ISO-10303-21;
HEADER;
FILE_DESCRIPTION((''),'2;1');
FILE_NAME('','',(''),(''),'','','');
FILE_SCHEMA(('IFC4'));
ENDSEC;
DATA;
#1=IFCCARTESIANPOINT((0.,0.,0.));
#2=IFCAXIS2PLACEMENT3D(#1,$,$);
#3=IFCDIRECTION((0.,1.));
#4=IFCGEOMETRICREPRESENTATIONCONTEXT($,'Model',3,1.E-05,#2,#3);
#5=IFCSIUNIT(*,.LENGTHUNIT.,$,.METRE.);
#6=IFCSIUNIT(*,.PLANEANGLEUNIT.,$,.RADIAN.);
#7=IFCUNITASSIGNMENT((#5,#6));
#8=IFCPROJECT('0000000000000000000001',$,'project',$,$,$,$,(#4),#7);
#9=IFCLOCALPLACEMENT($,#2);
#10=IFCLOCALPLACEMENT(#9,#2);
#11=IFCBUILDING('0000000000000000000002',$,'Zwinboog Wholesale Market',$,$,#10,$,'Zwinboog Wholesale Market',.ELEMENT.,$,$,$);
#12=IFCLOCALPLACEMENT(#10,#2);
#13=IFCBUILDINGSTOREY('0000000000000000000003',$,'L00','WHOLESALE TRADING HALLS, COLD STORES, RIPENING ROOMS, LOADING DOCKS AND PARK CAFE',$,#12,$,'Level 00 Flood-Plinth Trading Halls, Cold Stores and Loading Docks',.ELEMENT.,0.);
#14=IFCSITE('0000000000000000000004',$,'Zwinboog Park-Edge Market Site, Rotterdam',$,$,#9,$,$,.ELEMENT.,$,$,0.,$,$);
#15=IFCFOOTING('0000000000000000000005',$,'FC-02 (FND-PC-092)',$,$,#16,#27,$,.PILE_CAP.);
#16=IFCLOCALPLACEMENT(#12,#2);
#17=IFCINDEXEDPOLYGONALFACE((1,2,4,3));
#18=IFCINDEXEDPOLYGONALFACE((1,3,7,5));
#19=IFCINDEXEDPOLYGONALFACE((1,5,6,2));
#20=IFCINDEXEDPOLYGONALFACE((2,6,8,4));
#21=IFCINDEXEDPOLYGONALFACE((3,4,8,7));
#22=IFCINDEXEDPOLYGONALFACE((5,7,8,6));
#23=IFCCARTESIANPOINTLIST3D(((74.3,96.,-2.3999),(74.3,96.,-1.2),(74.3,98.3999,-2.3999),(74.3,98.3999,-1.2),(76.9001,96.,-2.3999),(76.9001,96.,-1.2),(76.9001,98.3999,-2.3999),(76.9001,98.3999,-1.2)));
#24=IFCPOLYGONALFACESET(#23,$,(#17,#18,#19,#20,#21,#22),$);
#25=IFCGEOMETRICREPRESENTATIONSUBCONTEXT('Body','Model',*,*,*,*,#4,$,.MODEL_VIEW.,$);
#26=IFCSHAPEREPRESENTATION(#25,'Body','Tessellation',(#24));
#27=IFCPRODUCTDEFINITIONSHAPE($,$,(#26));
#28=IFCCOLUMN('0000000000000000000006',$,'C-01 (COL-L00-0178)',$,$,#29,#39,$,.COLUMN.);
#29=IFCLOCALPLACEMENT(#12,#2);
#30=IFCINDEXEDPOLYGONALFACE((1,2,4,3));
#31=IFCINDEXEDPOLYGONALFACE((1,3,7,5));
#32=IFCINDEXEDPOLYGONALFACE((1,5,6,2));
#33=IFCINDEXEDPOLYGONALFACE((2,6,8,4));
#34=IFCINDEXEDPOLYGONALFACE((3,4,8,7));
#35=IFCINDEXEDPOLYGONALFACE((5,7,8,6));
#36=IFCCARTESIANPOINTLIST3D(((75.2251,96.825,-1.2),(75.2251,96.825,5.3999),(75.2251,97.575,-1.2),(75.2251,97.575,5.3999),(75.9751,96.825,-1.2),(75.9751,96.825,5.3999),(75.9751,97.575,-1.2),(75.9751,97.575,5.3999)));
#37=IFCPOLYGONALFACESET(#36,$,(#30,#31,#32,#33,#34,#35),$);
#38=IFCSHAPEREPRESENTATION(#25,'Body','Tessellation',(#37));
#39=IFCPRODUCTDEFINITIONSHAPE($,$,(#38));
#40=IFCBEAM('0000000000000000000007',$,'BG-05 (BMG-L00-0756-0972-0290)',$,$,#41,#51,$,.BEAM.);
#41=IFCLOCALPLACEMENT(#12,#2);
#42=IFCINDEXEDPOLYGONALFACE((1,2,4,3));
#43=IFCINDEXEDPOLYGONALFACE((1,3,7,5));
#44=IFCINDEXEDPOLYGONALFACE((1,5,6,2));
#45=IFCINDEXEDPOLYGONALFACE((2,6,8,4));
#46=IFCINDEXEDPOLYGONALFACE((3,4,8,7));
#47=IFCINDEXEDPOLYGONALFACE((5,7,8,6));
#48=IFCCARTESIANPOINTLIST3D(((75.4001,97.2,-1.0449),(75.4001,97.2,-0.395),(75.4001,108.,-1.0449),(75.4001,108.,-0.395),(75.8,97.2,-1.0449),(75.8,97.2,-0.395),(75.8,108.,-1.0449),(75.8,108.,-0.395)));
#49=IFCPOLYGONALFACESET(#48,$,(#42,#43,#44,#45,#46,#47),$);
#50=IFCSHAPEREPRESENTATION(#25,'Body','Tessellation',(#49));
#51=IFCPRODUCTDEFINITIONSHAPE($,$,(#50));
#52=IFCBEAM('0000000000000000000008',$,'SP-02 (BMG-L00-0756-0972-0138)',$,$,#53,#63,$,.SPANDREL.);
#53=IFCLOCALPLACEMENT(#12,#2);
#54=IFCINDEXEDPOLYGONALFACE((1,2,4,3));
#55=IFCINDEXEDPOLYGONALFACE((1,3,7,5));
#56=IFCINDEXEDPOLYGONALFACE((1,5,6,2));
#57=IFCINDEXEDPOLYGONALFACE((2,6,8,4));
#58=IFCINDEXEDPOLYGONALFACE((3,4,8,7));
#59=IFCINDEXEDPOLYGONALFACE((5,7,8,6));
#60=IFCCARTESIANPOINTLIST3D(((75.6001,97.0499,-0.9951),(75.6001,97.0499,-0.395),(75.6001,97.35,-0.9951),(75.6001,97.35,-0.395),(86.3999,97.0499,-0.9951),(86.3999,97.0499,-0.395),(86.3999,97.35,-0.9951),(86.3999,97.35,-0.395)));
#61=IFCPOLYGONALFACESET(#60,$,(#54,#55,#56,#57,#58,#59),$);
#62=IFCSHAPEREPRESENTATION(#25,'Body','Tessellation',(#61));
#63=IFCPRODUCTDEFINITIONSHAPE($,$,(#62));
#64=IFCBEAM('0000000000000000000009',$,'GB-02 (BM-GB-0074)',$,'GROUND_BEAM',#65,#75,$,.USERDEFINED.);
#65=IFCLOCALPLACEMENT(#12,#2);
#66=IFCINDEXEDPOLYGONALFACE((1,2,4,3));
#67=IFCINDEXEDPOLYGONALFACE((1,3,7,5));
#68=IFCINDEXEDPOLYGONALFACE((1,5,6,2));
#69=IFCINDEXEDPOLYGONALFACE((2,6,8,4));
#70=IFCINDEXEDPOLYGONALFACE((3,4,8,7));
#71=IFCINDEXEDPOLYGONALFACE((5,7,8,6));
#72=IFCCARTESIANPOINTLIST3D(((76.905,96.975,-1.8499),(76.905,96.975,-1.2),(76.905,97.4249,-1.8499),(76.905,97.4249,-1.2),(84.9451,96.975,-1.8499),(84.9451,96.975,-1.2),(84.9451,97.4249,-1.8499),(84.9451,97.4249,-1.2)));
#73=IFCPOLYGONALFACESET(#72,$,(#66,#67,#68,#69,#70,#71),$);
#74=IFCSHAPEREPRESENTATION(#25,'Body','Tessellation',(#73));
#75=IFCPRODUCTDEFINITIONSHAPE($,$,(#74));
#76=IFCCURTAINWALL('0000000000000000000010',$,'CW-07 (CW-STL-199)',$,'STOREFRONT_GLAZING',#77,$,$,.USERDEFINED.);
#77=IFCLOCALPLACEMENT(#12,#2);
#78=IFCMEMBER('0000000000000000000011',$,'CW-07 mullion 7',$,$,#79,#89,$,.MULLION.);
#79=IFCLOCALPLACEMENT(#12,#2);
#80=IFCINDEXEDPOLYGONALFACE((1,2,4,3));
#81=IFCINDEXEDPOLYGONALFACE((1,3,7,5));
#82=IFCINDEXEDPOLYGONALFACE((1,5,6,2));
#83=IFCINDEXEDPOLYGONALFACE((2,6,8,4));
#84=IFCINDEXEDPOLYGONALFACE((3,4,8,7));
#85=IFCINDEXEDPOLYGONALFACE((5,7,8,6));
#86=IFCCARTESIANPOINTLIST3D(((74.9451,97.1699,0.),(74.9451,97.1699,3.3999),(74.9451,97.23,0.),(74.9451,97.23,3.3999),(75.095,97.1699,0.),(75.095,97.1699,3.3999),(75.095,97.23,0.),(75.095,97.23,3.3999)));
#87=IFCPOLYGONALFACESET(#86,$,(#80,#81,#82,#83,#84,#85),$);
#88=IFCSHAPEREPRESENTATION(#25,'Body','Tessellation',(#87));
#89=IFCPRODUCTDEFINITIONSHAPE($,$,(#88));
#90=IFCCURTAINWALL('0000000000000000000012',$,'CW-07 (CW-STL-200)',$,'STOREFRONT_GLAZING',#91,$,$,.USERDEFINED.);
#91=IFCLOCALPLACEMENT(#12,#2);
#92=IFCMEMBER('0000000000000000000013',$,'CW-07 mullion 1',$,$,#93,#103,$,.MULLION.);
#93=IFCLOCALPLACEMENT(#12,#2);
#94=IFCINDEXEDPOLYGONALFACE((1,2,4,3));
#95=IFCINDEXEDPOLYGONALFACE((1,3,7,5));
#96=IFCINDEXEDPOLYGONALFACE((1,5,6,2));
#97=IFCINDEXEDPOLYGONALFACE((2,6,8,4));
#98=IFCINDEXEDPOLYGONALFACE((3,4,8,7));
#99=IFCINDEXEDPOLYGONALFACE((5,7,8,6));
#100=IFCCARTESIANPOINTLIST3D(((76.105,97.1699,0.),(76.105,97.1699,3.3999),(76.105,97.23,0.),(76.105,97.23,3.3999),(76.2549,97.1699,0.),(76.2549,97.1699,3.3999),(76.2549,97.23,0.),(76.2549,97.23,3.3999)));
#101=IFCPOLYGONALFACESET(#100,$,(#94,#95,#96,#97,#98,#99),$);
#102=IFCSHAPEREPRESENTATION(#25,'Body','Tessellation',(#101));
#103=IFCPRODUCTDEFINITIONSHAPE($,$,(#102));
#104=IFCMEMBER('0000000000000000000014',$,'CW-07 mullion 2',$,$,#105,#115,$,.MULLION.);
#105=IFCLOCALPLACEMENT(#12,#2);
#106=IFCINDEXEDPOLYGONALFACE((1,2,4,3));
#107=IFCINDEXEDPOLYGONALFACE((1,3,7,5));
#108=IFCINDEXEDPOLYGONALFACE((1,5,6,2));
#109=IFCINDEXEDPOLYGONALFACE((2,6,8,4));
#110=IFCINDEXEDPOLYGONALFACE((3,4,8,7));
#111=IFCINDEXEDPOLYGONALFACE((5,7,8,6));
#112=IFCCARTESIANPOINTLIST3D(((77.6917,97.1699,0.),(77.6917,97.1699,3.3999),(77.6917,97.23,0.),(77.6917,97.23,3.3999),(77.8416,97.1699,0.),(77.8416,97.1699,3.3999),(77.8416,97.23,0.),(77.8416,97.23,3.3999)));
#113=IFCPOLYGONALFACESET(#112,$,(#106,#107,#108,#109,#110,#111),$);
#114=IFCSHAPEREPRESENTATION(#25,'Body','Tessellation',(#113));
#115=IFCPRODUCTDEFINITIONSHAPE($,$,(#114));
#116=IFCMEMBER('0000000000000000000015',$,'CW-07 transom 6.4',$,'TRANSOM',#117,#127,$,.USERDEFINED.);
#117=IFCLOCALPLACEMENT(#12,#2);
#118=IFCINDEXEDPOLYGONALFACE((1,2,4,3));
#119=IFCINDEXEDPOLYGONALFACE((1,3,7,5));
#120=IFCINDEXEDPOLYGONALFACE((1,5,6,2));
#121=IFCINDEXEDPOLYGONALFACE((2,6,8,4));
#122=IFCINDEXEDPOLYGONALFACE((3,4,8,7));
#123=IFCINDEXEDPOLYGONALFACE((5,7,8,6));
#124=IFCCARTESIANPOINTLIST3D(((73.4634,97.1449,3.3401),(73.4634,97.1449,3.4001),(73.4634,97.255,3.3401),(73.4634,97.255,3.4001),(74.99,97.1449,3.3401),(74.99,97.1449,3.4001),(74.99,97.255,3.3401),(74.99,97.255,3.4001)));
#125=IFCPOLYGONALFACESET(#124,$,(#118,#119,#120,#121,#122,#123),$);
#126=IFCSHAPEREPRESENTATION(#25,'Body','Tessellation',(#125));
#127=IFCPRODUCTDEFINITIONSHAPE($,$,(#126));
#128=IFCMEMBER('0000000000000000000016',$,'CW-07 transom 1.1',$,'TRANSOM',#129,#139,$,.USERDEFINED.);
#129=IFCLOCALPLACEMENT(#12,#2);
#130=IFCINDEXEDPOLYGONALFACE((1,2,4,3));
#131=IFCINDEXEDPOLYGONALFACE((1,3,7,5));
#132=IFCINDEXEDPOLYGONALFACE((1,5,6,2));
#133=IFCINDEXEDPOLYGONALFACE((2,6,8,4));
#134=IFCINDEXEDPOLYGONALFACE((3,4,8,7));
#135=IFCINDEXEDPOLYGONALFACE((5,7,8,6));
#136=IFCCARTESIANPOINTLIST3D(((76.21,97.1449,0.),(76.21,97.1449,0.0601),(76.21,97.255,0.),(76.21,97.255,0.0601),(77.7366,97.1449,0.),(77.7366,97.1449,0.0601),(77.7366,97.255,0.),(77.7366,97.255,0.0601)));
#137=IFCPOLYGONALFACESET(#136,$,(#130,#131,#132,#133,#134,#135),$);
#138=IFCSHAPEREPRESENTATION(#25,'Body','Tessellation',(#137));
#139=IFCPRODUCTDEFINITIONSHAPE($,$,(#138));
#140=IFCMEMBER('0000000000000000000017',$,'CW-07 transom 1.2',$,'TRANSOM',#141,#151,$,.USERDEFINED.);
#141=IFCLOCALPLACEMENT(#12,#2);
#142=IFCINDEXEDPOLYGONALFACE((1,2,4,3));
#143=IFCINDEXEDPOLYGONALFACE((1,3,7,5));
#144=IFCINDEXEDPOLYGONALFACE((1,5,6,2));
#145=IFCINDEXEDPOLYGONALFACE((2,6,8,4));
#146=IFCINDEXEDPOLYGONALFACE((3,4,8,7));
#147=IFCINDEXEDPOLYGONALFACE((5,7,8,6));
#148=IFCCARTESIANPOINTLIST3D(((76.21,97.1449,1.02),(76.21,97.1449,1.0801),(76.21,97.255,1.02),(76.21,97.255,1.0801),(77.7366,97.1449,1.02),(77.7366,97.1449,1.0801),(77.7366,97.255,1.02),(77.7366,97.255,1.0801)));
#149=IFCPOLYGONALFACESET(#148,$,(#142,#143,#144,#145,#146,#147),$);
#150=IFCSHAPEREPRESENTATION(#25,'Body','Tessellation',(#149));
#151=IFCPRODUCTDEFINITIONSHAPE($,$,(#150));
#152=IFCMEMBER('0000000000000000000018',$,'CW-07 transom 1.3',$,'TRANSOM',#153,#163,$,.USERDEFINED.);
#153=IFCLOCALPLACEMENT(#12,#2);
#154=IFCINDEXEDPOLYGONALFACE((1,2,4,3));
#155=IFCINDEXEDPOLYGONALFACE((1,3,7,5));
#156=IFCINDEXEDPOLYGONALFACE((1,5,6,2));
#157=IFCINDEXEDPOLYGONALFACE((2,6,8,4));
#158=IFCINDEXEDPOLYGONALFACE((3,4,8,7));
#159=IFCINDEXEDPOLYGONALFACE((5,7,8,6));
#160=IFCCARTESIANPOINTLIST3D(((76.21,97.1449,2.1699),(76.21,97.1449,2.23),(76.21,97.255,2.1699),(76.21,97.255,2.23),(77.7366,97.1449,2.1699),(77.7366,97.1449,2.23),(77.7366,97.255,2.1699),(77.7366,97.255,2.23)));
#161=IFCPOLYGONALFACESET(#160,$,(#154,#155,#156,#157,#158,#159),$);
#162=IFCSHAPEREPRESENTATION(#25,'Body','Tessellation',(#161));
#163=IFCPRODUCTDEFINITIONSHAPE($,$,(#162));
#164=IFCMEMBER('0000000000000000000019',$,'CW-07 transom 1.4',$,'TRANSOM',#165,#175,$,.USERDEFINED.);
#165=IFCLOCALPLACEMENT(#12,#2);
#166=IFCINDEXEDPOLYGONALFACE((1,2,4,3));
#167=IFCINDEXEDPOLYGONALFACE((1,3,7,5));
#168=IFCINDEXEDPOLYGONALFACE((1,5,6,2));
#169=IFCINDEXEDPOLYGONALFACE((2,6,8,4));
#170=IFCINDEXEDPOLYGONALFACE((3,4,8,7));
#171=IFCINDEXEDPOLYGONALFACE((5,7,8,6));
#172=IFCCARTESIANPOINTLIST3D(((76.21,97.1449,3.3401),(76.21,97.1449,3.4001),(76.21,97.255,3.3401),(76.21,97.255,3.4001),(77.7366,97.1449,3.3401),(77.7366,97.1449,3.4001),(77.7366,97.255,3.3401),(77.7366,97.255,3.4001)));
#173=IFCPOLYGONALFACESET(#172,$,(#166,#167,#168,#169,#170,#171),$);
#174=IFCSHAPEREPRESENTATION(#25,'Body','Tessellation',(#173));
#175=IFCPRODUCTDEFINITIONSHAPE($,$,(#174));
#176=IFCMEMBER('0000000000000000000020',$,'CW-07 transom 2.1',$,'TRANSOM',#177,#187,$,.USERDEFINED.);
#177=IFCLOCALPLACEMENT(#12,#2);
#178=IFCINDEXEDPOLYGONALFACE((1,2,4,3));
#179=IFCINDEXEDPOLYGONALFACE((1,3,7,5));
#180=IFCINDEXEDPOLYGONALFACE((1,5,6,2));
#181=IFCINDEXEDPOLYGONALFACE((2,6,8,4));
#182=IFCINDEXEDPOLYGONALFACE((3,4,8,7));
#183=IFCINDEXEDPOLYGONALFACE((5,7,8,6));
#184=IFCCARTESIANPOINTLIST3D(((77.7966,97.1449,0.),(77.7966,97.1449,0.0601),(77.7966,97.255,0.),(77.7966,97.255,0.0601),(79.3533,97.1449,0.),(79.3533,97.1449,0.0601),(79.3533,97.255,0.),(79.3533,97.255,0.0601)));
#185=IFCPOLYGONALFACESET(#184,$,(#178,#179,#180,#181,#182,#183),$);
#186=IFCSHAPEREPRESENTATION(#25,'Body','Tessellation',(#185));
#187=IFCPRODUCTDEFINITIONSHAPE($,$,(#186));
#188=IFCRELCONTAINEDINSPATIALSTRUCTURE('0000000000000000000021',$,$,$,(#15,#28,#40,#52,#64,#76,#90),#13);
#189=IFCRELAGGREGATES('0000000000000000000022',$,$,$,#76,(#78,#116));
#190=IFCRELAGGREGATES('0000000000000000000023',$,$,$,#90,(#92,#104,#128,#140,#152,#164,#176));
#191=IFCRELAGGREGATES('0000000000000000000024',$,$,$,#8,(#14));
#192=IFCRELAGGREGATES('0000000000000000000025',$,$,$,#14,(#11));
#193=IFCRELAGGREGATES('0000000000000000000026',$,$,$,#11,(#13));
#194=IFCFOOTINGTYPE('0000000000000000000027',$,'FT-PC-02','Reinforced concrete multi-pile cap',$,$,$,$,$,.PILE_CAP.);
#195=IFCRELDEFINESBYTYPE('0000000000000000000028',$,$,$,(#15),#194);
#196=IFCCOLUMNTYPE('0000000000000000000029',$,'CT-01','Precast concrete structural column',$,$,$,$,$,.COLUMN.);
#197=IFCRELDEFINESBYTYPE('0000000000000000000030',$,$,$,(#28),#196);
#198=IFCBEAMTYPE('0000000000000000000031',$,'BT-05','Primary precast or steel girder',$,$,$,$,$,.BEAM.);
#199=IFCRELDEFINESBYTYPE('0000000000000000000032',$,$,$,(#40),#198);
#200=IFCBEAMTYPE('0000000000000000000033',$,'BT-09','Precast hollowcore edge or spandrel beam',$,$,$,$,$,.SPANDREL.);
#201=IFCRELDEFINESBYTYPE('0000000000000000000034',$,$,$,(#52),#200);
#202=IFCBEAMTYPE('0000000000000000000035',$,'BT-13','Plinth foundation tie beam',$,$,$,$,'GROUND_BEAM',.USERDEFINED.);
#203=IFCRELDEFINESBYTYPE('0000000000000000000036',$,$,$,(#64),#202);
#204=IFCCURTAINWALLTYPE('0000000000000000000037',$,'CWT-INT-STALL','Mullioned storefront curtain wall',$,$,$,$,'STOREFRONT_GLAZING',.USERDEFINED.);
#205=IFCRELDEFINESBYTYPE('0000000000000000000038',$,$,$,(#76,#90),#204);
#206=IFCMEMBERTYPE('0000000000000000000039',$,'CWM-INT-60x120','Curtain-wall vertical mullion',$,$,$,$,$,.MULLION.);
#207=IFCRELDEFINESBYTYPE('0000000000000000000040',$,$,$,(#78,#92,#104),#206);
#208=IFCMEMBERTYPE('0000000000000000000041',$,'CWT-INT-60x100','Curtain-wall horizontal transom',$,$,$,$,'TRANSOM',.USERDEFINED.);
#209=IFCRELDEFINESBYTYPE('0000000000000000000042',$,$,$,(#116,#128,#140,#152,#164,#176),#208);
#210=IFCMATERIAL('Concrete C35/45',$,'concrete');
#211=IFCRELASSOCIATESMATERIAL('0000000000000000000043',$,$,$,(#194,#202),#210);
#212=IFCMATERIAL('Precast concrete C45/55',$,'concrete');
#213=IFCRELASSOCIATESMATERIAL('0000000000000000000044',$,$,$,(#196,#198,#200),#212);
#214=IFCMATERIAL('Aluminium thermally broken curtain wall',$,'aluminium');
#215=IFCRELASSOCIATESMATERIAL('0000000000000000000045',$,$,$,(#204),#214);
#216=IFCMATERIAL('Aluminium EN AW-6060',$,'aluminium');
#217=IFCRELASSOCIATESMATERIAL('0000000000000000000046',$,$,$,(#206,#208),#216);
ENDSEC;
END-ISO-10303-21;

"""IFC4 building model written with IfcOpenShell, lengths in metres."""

from ifc_helpers import new_model, si_unit, direction, frame, origin, origin_2d, place, context, subcontext, project, spatial, rectangle, extrude, material, material_profile, profile_set, type_object, element, aggregate, save


model = new_model("IFC4")

# Units and contexts
model_context = context("Model", 3, precision=1e-05, world=origin(), true_north=direction((0.0, 1.0)))
body_context = subcontext(model_context, "Body", "Model", "MODEL_VIEW")
ifc_project = project(units=[si_unit("LENGTHUNIT", "METRE"), si_unit("PLANEANGLEUNIT", "RADIAN")], contexts=[model_context])

# Site, building, storey
site_placement = place(None, origin())
site = spatial("IfcSite", under=ifc_project, at=site_placement, Name="Zwinboog Park-Edge Market Site, Rotterdam", CompositionType="ELEMENT", RefElevation=0.0)
building_placement = place(site_placement, origin())
building = spatial("IfcBuilding", under=site, at=building_placement, Name="Zwinboog Wholesale Market", LongName="Zwinboog Wholesale Market", CompositionType="ELEMENT")
storey_placement = place(building_placement, origin())
storey = spatial("IfcBuildingStorey", under=building, at=storey_placement, Name="L00", Description="WHOLESALE TRADING HALLS, COLD STORES, RIPENING ROOMS, LOADING DOCKS AND PARK CAFE", LongName="Level 00 Flood-Plinth Trading Halls, Cold Stores and Loading Docks", CompositionType="ELEMENT", Elevation=0.0)

# Footing
ifc_material_1 = material(Name="Concrete C35/45", Category="concrete")
footing_type = type_object("IfcFootingType", Name="FT-PC-02", Description="Reinforced concrete multi-pile cap", PredefinedType="PILE_CAP", material=ifc_material_1)
footing_placement = place(storey_placement, frame((75.6001, 97.2, -2.3999), z_axis=(0.0, 0.0, 1.0), x_axis=(1.0, 0.0, 0.0)))
element("IfcFooting", 1, at=footing_placement, inside=storey, type_object=footing_type, Name="FC-02 (FND-PC-092)", PredefinedType="PILE_CAP", context=body_context, shape_type="SweptSolid", body=[
    extrude(rectangle(XDim=2.6001, YDim=2.3999, at=origin_2d()), origin(), (0.0, 0.0, 1.0), 1.2),
])

# Column
ifc_material_2 = material(Name="Precast concrete C45/55", Category="concrete")
ifc_material_profile_1 = material_profile(ifc_material_2, rectangle(XDim=0.75, YDim=0.75, at=origin_2d()), Name="PC 750x750")
ifc_profile_set_1 = profile_set([ifc_material_profile_1], Name="Precast concrete C45/55")
column_type = type_object("IfcColumnType", Name="CT-01", Description="Precast concrete structural column", PredefinedType="COLUMN", material=ifc_profile_set_1)
column_placement = place(storey_placement, frame((75.6001, 97.2, -1.2), z_axis=(0.0, 0.0, 1.0), x_axis=(1.0, 0.0, 0.0)))
element("IfcColumn", 2, at=column_placement, inside=storey, type_object=column_type, Name="C-01 (COL-L00-0178)", PredefinedType="COLUMN", context=body_context, shape_type="SweptSolid", body=[
    extrude(rectangle(XDim=0.75, YDim=0.75, at=origin_2d()), origin(), (0.0, 0.0, 1.0), 6.5999),
])

# Beams
ifc_material_profile_2 = material_profile(ifc_material_2, rectangle(XDim=0.3999, YDim=0.6499, at=origin_2d()), Name="PC 400x650")
ifc_profile_set_2 = profile_set([ifc_material_profile_2], Name="Precast concrete C45/55")
beam_type_1 = type_object("IfcBeamType", Name="BT-05", Description="Primary precast or steel girder", PredefinedType="BEAM", material=ifc_profile_set_2)
beam_1_placement = place(storey_placement, frame((75.6001, 97.2, -0.72), z_axis=(0.0, 1.0, 0.0), x_axis=(-1.0, 0.0, 0.0)))
element("IfcBeam", 3, at=beam_1_placement, inside=storey, type_object=beam_type_1, Name="BG-05 (BMG-L00-0756-0972-0290)", PredefinedType="BEAM", context=body_context, shape_type="SweptSolid", body=[
    extrude(rectangle(XDim=0.3999, YDim=0.6499, at=origin_2d()), origin(), (0.0, 0.0, 1.0), 10.8),
])
ifc_material_profile_3 = material_profile(ifc_material_2, rectangle(XDim=0.3, YDim=0.6001, at=origin_2d()), Name="PC 300x600")
ifc_profile_set_3 = profile_set([ifc_material_profile_3], Name="Precast concrete C45/55")
beam_type_2 = type_object("IfcBeamType", Name="BT-09", Description="Precast hollowcore edge or spandrel beam", PredefinedType="SPANDREL", material=ifc_profile_set_3)
beam_2_placement = place(storey_placement, frame((75.6001, 97.2, -0.6951), z_axis=(1.0, 0.0, 0.0), x_axis=(0.0, 1.0, 0.0)))
element("IfcBeam", 4, at=beam_2_placement, inside=storey, type_object=beam_type_2, Name="SP-02 (BMG-L00-0756-0972-0138)", PredefinedType="SPANDREL", context=body_context, shape_type="SweptSolid", body=[
    extrude(rectangle(XDim=0.3, YDim=0.6001, at=origin_2d()), origin(), (0.0, 0.0, 1.0), 10.7998),
])
ifc_material_profile_4 = material_profile(ifc_material_1, rectangle(XDim=0.45, YDim=0.6499, at=origin_2d()), Name="RC 450x650")
ifc_profile_set_4 = profile_set([ifc_material_profile_4], Name="Concrete C35/45")
beam_type_3 = type_object("IfcBeamType", Name="BT-13", Description="Plinth foundation tie beam", ElementType="GROUND_BEAM", PredefinedType="USERDEFINED", material=ifc_profile_set_4)
beam_3_placement = place(storey_placement, frame((76.905, 97.2, -1.5249), z_axis=(1.0, 0.0, 0.0), x_axis=(0.0, 1.0, 0.0)))
element("IfcBeam", 5, at=beam_3_placement, inside=storey, type_object=beam_type_3, Name="GB-02 (BM-GB-0074)", ObjectType="GROUND_BEAM", PredefinedType="USERDEFINED", context=body_context, shape_type="SweptSolid", body=[
    extrude(rectangle(XDim=0.45, YDim=0.6499, at=origin_2d()), origin(), (0.0, 0.0, 1.0), 8.04),
])

# Curtain wall, member
ifc_material_3 = material(Name="Aluminium thermally broken curtain wall", Category="aluminium")
curtain_wall_type = type_object("IfcCurtainWallType", Name="CWT-INT-STALL", Description="Mullioned storefront curtain wall", ElementType="STOREFRONT_GLAZING", PredefinedType="USERDEFINED", material=ifc_material_3)
curtain_wall_1_placement = place(storey_placement, origin())
curtain_wall_1 = element("IfcCurtainWall", 6, at=curtain_wall_1_placement, inside=storey, type_object=curtain_wall_type, Name="CW-07 (CW-STL-199)", ObjectType="STOREFRONT_GLAZING", PredefinedType="USERDEFINED")
ifc_material_4 = material(Name="Aluminium EN AW-6060", Category="aluminium")
ifc_material_profile_5 = material_profile(ifc_material_4, rectangle(XDim=0.0601, YDim=0.1499, at=origin_2d()), Name="AL 60x150")
ifc_profile_set_5 = profile_set([ifc_material_profile_5], Name="Aluminium EN AW-6060")
member_type_1 = type_object("IfcMemberType", Name="CWM-INT-60x120", Description="Curtain-wall vertical mullion", PredefinedType="MULLION", material=ifc_profile_set_5)
member_1_placement = place(storey_placement, frame((75.02, 97.2, 0.0), z_axis=(0.0, 0.0, 1.0), x_axis=(0.0, 1.0, 0.0)))
member_1 = element("IfcMember", 7, at=member_1_placement, type_object=member_type_1, Name="CW-07 mullion 7", PredefinedType="MULLION", context=body_context, shape_type="SweptSolid", body=[
    extrude(rectangle(XDim=0.0601, YDim=0.1499, at=origin_2d()), origin(), (0.0, 0.0, 1.0), 3.3999),
])

# Curtain wall, members
curtain_wall_2_placement = place(storey_placement, origin())
curtain_wall_2 = element("IfcCurtainWall", 8, at=curtain_wall_2_placement, inside=storey, type_object=curtain_wall_type, Name="CW-07 (CW-STL-200)", ObjectType="STOREFRONT_GLAZING", PredefinedType="USERDEFINED")
member_2_placement = place(storey_placement, frame((76.1799, 97.2, 0.0), z_axis=(0.0, 0.0, 1.0), x_axis=(0.0, 1.0, 0.0)))
member_2 = element("IfcMember", 9, at=member_2_placement, type_object=member_type_1, Name="CW-07 mullion 1", PredefinedType="MULLION", context=body_context, shape_type="SweptSolid", body=[
    extrude(rectangle(XDim=0.0601, YDim=0.1499, at=origin_2d()), origin(), (0.0, 0.0, 1.0), 3.3999),
])
member_3_placement = place(storey_placement, frame((77.7666, 97.2, 0.0), z_axis=(0.0, 0.0, 1.0), x_axis=(0.0, 1.0, 0.0)))
member_3 = element("IfcMember", 10, at=member_3_placement, type_object=member_type_1, Name="CW-07 mullion 2", PredefinedType="MULLION", context=body_context, shape_type="SweptSolid", body=[
    extrude(rectangle(XDim=0.0601, YDim=0.1499, at=origin_2d()), origin(), (0.0, 0.0, 1.0), 3.3999),
])

# Members
ifc_material_profile_6 = material_profile(ifc_material_4, rectangle(XDim=0.1101, YDim=0.0601, at=origin_2d()), Name="AL 60x110")
ifc_profile_set_6 = profile_set([ifc_material_profile_6], Name="Aluminium EN AW-6060")
member_type_2 = type_object("IfcMemberType", Name="CWT-INT-60x100", Description="Curtain-wall horizontal transom", ElementType="TRANSOM", PredefinedType="USERDEFINED", material=ifc_profile_set_6)
member_4_placement = place(storey_placement, frame((73.4634, 97.2, 3.3701), z_axis=(1.0, 0.0, 0.0), x_axis=(0.0, 1.0, 0.0)))
member_4 = element("IfcMember", 11, at=member_4_placement, type_object=member_type_2, Name="CW-07 transom 6.4", ObjectType="TRANSOM", PredefinedType="USERDEFINED", context=body_context, shape_type="SweptSolid", body=[
    extrude(rectangle(XDim=0.1101, YDim=0.0601, at=origin_2d()), origin(), (0.0, 0.0, 1.0), 1.5266),
])
member_5_placement = place(storey_placement, frame((76.21, 97.2, 0.03), z_axis=(1.0, 0.0, 0.0), x_axis=(0.0, 1.0, 0.0)))
member_5 = element("IfcMember", 12, at=member_5_placement, type_object=member_type_2, Name="CW-07 transom 1.1", ObjectType="TRANSOM", PredefinedType="USERDEFINED", context=body_context, shape_type="SweptSolid", body=[
    extrude(rectangle(XDim=0.1101, YDim=0.0601, at=origin_2d()), origin(), (0.0, 0.0, 1.0), 1.5266),
])
member_6_placement = place(storey_placement, frame((76.21, 97.2, 1.05), z_axis=(1.0, 0.0, 0.0), x_axis=(0.0, 1.0, 0.0)))
member_6 = element("IfcMember", 13, at=member_6_placement, type_object=member_type_2, Name="CW-07 transom 1.2", ObjectType="TRANSOM", PredefinedType="USERDEFINED", context=body_context, shape_type="SweptSolid", body=[
    extrude(rectangle(XDim=0.1101, YDim=0.0601, at=origin_2d()), origin(), (0.0, 0.0, 1.0), 1.5266),
])
member_7_placement = place(storey_placement, frame((76.21, 97.2, 2.2), z_axis=(1.0, 0.0, 0.0), x_axis=(0.0, 1.0, 0.0)))
member_7 = element("IfcMember", 14, at=member_7_placement, type_object=member_type_2, Name="CW-07 transom 1.3", ObjectType="TRANSOM", PredefinedType="USERDEFINED", context=body_context, shape_type="SweptSolid", body=[
    extrude(rectangle(XDim=0.1101, YDim=0.0601, at=origin_2d()), origin(), (0.0, 0.0, 1.0), 1.5266),
])
member_8_placement = place(storey_placement, frame((76.21, 97.2, 3.3701), z_axis=(1.0, 0.0, 0.0), x_axis=(0.0, 1.0, 0.0)))
member_8 = element("IfcMember", 15, at=member_8_placement, type_object=member_type_2, Name="CW-07 transom 1.4", ObjectType="TRANSOM", PredefinedType="USERDEFINED", context=body_context, shape_type="SweptSolid", body=[
    extrude(rectangle(XDim=0.1101, YDim=0.0601, at=origin_2d()), origin(), (0.0, 0.0, 1.0), 1.5266),
])
member_9_placement = place(storey_placement, frame((77.7966, 97.2, 0.03), z_axis=(1.0, 0.0, 0.0), x_axis=(0.0, 1.0, 0.0)))
member_9 = element("IfcMember", 16, at=member_9_placement, type_object=member_type_2, Name="CW-07 transom 2.1", ObjectType="TRANSOM", PredefinedType="USERDEFINED", context=body_context, shape_type="SweptSolid", body=[
    extrude(rectangle(XDim=0.1101, YDim=0.0601, at=origin_2d()), origin(), (0.0, 0.0, 1.0), 1.5566),
])

aggregate(curtain_wall_1, [member_1, member_4])
aggregate(curtain_wall_2, [member_2, member_3, member_5, member_6, member_7, member_8, member_9])

save(model, "model.ifc")
